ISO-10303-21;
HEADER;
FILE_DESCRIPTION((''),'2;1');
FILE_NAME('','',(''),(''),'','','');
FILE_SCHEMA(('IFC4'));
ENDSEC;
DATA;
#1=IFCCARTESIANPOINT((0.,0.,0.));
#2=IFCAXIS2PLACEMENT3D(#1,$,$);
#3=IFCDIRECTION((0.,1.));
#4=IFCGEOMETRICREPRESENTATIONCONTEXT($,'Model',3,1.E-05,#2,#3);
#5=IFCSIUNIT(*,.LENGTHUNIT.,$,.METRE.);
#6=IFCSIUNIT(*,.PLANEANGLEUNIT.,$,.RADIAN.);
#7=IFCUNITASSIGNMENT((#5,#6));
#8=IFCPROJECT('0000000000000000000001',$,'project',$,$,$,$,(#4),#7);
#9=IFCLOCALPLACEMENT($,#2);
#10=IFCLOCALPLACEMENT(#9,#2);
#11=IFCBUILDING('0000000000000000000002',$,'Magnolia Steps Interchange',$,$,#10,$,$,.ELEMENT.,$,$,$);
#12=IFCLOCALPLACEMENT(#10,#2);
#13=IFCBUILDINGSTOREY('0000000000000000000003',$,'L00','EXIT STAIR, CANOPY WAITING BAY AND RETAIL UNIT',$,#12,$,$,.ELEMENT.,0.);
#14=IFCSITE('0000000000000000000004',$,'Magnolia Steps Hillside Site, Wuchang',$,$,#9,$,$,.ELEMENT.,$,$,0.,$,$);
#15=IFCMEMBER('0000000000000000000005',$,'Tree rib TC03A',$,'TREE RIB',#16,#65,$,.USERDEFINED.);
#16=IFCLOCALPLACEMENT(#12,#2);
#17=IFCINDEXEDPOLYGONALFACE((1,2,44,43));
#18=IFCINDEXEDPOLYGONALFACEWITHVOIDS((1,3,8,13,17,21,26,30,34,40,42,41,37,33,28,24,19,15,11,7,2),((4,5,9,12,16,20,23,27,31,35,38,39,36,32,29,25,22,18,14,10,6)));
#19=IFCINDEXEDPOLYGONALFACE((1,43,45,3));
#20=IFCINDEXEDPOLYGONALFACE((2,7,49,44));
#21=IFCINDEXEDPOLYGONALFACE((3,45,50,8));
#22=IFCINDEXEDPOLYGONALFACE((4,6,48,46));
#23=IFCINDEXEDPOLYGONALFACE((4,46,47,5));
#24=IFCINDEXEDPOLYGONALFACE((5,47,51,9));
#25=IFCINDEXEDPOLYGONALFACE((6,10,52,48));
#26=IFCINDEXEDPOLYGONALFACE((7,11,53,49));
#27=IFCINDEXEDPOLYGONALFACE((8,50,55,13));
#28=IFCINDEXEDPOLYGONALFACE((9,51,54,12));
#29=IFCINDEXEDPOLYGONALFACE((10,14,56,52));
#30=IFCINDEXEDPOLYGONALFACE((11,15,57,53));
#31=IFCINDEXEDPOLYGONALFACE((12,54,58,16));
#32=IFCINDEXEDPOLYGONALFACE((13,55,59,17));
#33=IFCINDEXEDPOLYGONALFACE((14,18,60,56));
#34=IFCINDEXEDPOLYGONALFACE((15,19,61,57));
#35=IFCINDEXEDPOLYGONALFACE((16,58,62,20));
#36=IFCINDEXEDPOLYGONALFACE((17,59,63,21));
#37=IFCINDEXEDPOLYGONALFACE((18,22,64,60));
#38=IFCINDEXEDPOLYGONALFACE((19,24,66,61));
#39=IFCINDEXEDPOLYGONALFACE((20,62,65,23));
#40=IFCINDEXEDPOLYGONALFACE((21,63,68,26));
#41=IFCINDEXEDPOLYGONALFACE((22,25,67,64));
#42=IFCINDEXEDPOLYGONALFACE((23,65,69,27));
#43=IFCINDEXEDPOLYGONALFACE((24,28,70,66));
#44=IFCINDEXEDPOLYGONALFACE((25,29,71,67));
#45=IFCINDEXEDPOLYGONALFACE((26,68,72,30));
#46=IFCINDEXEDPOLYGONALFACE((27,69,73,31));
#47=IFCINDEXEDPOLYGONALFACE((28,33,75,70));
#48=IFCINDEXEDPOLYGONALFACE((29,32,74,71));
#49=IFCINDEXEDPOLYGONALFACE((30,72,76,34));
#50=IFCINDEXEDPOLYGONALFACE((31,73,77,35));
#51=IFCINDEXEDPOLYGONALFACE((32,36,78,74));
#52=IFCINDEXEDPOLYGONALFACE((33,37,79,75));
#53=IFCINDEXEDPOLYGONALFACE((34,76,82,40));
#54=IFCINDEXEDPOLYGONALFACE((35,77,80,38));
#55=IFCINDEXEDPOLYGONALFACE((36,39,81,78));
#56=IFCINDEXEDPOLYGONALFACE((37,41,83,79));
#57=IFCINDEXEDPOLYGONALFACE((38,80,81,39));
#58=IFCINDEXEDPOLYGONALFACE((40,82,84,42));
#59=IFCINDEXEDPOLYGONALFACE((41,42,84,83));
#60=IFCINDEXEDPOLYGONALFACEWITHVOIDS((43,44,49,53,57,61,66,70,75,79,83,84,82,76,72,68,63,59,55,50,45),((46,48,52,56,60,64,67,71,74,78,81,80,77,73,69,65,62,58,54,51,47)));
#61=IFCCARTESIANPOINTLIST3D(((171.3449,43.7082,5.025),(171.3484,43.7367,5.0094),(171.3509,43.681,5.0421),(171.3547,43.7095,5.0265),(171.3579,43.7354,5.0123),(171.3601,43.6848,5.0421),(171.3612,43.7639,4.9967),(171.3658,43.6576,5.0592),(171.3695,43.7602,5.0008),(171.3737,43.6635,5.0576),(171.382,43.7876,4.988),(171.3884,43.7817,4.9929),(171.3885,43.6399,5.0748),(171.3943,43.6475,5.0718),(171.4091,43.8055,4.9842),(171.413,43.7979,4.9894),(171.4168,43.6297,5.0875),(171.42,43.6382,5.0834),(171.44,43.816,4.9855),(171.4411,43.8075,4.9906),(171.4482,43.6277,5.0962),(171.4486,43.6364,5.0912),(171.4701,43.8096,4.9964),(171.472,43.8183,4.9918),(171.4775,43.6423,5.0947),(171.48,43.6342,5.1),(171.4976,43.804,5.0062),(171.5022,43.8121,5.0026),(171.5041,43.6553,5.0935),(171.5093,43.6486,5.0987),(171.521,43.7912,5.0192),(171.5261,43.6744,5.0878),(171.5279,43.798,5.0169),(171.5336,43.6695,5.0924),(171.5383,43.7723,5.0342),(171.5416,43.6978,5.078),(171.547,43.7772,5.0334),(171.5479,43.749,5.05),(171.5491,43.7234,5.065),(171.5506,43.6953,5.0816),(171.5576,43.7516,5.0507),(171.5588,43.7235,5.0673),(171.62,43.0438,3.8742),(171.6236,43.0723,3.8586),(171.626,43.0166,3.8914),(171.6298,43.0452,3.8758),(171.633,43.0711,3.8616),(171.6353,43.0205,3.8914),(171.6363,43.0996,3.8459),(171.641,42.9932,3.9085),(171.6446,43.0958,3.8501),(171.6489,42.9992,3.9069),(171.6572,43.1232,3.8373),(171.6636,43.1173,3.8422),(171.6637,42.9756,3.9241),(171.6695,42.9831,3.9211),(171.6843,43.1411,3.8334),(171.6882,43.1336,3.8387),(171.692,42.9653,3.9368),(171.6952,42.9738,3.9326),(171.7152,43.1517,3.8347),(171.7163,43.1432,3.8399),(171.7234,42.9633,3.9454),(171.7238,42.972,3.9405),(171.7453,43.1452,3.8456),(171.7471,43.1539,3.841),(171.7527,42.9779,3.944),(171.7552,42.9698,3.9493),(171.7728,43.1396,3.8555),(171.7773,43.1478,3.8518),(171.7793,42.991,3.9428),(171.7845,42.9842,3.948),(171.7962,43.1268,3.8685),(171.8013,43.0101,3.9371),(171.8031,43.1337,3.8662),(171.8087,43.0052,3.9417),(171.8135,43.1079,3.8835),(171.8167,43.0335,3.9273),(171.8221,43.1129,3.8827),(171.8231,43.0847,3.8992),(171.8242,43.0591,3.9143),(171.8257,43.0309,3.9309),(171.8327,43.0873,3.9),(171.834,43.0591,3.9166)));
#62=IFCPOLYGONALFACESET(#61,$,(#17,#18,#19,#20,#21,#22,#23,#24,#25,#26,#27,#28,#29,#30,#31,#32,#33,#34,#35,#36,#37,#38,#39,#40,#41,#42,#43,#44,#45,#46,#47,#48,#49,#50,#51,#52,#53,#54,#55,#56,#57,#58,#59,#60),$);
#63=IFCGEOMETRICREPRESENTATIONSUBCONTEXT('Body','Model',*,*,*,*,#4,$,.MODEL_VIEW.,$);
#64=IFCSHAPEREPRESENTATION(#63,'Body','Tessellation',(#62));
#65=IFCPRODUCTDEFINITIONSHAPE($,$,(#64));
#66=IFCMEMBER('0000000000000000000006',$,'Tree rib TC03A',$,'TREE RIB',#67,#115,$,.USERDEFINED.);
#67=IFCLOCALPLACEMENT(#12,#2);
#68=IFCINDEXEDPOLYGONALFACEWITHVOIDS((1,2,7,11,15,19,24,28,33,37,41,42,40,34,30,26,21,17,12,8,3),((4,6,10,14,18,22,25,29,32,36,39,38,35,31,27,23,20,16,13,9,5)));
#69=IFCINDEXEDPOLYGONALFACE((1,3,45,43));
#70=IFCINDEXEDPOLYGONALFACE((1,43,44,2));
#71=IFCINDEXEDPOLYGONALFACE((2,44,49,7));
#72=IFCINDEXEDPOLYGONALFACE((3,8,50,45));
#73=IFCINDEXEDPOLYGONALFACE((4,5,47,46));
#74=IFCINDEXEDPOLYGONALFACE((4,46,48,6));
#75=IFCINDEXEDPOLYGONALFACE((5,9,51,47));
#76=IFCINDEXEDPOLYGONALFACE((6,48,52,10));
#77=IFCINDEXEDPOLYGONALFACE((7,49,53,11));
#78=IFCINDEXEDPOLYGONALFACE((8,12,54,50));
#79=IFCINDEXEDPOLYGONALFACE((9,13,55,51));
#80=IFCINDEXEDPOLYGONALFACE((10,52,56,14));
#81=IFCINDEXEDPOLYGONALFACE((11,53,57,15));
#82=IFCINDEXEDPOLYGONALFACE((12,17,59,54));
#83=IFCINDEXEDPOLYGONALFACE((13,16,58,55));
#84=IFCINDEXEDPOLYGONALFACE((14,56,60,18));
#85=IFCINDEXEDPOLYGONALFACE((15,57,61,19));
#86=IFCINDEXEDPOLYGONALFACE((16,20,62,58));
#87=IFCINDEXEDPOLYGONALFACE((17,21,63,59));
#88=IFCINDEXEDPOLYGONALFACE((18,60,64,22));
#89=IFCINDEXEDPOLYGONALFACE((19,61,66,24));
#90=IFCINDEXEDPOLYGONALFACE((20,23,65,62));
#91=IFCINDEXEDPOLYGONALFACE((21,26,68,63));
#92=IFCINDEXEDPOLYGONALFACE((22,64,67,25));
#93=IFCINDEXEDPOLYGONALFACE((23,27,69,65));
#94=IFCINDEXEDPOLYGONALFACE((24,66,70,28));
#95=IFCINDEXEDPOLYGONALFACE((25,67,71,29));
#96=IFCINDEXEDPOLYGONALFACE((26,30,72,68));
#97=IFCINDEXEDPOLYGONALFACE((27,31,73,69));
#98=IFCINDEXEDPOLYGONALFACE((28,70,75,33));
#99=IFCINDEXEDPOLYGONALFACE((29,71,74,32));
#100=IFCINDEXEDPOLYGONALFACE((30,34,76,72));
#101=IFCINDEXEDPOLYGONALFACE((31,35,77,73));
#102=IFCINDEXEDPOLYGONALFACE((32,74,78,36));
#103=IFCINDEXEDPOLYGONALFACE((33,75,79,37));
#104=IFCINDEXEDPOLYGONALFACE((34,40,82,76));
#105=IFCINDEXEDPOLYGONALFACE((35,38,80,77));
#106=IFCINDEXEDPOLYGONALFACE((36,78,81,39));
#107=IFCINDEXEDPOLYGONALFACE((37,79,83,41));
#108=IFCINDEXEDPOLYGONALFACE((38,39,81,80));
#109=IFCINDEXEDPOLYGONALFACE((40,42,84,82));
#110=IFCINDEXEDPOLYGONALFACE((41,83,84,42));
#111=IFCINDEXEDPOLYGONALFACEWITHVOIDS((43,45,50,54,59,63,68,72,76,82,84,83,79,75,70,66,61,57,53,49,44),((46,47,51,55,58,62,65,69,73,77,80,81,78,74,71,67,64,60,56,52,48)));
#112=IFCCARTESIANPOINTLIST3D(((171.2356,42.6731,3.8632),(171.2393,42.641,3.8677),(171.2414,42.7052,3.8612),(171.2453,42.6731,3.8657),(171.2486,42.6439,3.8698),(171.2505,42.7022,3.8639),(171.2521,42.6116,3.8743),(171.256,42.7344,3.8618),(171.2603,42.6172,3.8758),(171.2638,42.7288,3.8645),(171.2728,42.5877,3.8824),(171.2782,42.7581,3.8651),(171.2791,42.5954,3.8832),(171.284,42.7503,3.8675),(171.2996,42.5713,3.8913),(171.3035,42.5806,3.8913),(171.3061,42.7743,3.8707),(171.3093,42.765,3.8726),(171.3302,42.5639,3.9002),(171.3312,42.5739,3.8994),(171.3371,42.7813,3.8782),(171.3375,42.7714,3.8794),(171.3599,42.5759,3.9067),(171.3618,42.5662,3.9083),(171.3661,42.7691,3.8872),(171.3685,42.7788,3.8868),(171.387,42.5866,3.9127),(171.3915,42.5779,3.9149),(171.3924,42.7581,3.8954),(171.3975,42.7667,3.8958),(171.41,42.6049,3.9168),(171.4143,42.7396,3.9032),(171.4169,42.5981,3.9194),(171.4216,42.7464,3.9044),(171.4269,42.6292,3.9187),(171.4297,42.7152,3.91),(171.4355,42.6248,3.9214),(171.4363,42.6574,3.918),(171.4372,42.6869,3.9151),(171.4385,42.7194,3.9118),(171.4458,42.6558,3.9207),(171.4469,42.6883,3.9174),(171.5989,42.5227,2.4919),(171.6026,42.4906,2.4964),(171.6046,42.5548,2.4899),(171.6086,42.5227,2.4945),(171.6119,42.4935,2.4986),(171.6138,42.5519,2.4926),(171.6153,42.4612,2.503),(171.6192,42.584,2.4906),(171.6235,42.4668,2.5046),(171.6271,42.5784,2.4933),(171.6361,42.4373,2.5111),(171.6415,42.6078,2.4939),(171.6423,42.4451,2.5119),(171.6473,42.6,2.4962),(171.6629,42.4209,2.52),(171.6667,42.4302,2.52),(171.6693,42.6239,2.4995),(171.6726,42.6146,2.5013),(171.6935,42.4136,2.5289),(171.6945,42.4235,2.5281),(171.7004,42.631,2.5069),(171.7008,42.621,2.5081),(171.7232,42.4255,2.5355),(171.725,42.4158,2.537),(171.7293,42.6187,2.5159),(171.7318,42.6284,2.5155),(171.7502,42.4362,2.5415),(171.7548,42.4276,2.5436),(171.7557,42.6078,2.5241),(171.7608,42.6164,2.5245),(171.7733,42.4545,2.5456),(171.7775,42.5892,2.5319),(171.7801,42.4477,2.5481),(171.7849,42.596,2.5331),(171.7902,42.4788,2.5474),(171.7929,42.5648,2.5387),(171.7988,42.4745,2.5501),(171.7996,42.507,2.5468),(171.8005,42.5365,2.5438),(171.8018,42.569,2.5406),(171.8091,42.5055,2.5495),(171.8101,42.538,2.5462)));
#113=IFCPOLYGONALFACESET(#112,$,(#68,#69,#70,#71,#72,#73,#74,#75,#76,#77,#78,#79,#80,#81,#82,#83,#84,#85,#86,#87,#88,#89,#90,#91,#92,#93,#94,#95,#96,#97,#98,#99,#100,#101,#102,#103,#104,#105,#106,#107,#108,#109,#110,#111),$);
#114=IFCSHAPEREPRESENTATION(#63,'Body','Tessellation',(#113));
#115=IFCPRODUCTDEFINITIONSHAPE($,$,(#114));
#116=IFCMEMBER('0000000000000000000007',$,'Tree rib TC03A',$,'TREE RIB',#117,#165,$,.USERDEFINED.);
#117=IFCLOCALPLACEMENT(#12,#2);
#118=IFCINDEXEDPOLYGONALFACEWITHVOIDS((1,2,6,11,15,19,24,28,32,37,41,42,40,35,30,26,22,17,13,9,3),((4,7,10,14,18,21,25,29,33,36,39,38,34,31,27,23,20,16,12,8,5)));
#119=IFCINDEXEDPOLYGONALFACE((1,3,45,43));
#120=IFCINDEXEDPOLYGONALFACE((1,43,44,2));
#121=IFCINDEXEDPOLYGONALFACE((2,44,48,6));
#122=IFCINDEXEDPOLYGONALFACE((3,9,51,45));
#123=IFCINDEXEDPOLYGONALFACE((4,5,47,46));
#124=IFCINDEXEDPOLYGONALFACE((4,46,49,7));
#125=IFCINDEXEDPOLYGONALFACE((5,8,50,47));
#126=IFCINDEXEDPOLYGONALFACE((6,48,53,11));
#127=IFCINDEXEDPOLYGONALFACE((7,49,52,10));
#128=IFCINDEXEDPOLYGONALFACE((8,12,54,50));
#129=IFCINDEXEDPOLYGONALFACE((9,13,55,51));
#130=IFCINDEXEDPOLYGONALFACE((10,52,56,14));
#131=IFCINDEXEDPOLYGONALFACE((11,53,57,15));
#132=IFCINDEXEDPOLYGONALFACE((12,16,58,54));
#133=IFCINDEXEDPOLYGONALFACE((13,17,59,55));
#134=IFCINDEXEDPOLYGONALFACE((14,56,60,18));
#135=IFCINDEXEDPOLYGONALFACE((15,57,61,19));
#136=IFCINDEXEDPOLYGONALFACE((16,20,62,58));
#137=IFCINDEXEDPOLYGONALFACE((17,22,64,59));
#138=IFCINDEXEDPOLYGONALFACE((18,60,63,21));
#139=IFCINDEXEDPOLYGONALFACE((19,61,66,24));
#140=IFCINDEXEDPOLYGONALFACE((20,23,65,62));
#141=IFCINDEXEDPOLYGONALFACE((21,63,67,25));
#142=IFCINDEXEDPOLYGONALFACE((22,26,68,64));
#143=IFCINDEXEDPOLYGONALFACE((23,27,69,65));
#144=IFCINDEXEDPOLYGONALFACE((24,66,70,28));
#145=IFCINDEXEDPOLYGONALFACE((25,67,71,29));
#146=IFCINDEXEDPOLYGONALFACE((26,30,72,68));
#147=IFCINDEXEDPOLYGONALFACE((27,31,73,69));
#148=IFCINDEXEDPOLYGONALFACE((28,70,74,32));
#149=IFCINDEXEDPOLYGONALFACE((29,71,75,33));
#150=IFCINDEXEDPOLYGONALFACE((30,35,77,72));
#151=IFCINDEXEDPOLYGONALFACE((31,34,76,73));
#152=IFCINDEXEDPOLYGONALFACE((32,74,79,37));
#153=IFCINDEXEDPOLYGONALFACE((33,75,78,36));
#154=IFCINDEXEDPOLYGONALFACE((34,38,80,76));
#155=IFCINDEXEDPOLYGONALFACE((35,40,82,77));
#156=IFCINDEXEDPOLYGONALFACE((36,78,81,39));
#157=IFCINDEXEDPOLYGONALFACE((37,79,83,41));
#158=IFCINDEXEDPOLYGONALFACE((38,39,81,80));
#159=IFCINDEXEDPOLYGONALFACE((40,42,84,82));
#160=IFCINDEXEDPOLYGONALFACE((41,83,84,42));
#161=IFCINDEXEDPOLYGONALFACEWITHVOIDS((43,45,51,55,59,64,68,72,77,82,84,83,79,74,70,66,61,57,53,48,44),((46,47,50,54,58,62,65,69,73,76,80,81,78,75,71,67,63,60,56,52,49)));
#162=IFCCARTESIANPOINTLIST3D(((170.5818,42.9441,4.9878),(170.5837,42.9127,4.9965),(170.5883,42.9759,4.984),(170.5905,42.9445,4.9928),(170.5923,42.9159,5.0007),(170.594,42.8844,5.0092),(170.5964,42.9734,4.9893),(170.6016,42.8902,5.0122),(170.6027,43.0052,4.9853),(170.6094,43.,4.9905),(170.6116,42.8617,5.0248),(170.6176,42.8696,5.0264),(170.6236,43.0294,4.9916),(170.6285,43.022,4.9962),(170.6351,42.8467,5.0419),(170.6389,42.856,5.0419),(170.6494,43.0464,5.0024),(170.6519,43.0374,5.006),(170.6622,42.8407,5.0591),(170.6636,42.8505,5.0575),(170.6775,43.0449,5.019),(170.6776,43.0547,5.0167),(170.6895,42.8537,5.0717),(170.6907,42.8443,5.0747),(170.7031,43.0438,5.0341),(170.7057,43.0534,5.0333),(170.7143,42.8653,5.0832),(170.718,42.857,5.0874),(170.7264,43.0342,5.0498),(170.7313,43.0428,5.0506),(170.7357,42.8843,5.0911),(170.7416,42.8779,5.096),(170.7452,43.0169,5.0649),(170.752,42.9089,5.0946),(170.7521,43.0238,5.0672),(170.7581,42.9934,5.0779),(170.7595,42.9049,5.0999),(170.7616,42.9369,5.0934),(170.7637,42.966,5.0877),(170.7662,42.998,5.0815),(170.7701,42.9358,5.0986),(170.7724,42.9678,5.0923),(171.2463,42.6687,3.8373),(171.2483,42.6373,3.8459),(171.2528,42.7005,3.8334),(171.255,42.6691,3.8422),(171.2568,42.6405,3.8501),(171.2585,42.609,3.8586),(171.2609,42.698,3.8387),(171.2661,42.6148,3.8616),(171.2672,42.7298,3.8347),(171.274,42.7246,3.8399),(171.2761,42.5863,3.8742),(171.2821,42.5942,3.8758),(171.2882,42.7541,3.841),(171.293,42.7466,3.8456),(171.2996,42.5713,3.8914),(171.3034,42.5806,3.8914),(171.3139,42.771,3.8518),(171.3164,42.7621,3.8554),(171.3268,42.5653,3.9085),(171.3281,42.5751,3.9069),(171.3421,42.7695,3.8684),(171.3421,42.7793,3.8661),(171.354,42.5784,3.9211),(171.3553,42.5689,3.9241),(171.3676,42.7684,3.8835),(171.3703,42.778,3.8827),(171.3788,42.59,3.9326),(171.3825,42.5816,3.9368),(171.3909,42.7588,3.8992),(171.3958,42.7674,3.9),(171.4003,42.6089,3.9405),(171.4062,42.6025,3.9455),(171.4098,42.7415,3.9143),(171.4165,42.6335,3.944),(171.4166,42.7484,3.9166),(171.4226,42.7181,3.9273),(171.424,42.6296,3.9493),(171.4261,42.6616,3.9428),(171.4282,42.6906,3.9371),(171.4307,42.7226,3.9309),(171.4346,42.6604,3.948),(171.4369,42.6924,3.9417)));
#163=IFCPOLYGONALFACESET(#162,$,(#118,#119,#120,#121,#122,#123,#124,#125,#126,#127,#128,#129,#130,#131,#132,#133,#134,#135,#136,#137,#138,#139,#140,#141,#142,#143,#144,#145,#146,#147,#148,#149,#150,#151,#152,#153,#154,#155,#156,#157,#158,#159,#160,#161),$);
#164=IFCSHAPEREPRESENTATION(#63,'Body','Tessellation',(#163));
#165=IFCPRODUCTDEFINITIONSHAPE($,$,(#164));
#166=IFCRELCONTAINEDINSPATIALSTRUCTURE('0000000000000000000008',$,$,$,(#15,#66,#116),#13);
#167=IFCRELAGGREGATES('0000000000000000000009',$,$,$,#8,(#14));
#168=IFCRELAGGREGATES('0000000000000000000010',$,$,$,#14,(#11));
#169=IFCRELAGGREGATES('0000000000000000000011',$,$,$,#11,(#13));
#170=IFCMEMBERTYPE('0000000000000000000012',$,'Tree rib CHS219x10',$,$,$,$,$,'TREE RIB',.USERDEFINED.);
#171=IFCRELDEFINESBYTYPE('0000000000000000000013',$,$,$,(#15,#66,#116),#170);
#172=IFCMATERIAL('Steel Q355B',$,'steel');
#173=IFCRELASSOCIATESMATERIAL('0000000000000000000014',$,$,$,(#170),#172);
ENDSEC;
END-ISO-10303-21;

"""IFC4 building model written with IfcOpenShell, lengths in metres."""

from ifc_helpers import new_model, si_unit, direction, frame, origin, origin_2d, place, context, subcontext, project, spatial, hollow_circle, extrude, material, material_profile, profile_set, type_object, element, save


model = new_model("IFC4")

# Units and contexts
model_context = context("Model", 3, precision=1e-05, world=origin(), true_north=direction((0.0, 1.0)))
body_context = subcontext(model_context, "Body", "Model", "MODEL_VIEW")
ifc_project = project(units=[si_unit("LENGTHUNIT", "METRE"), si_unit("PLANEANGLEUNIT", "RADIAN")], contexts=[model_context])

# Site, building, storey
site_placement = place(None, origin())
site = spatial("IfcSite", under=ifc_project, at=site_placement, Name="Magnolia Steps Hillside Site, Wuchang", CompositionType="ELEMENT", RefElevation=0.0)
building_placement = place(site_placement, origin())
building = spatial("IfcBuilding", under=site, at=building_placement, Name="Magnolia Steps Interchange", CompositionType="ELEMENT")
storey_placement = place(building_placement, origin())
storey = spatial("IfcBuildingStorey", under=building, at=storey_placement, Name="L00", Description="EXIT STAIR, CANOPY WAITING BAY AND RETAIL UNIT", CompositionType="ELEMENT", Elevation=0.0)

# Members
ifc_material_1 = material(Name="Steel Q355B", Category="steel")
ifc_material_profile_1 = material_profile(ifc_material_1, hollow_circle(Radius=0.1096, WallThickness=0.01, at=origin_2d()), Name="CHS219x10")
ifc_profile_set_1 = profile_set([ifc_material_profile_1], Name="Steel Q355B")
member_type = type_object("IfcMemberType", Name="Tree rib CHS219x10", ElementType="TREE RIB", PredefinedType="USERDEFINED", material=ifc_profile_set_1)
member_1_placement = place(storey_placement, frame((171.7273, 43.0586, 3.8914), z_axis=(-0.202787, 0.489604, 0.848036), x_axis=(-0.923889, -0.382662, 0.0)))
element("IfcMember", 1, at=member_1_placement, inside=storey, type_object=member_type, Name="Tree rib TC03A", ObjectType="TREE RIB", PredefinedType="USERDEFINED", context=body_context, shape_type="SweptSolid", body=[
    extrude(hollow_circle(Radius=0.1096, WallThickness=0.01, at=origin_2d()), origin(), (0.0, 0.0, 1.0), 1.3569),
])
member_2_placement = place(storey_placement, frame((171.7048, 42.5222, 2.52), z_axis=(-0.25465, 0.10542, 0.96127), x_axis=(-0.382498, -0.923956, 0.0)))
element("IfcMember", 2, at=member_2_placement, inside=storey, type_object=member_type, Name="Tree rib TC03A", ObjectType="TREE RIB", PredefinedType="USERDEFINED", context=body_context, shape_type="SweptSolid", body=[
    extrude(hollow_circle(Radius=0.1096, WallThickness=0.01, at=origin_2d()), origin(), (0.0, 0.0, 1.0), 1.4265),
])
member_3_placement = place(storey_placement, frame((171.3416, 42.6726, 3.8914), z_axis=(-0.489723, 0.202942, 0.84793), x_axis=(-0.382831, -0.923818, 0.0)))
element("IfcMember", 3, at=member_3_placement, inside=storey, type_object=member_type, Name="Tree rib TC03A", ObjectType="TREE RIB", PredefinedType="USERDEFINED", context=body_context, shape_type="SweptSolid", body=[
    extrude(hollow_circle(Radius=0.1096, WallThickness=0.01, at=origin_2d()), origin(), (0.0, 0.0, 1.0), 1.3569),
])

save(model, "model.ifc")
